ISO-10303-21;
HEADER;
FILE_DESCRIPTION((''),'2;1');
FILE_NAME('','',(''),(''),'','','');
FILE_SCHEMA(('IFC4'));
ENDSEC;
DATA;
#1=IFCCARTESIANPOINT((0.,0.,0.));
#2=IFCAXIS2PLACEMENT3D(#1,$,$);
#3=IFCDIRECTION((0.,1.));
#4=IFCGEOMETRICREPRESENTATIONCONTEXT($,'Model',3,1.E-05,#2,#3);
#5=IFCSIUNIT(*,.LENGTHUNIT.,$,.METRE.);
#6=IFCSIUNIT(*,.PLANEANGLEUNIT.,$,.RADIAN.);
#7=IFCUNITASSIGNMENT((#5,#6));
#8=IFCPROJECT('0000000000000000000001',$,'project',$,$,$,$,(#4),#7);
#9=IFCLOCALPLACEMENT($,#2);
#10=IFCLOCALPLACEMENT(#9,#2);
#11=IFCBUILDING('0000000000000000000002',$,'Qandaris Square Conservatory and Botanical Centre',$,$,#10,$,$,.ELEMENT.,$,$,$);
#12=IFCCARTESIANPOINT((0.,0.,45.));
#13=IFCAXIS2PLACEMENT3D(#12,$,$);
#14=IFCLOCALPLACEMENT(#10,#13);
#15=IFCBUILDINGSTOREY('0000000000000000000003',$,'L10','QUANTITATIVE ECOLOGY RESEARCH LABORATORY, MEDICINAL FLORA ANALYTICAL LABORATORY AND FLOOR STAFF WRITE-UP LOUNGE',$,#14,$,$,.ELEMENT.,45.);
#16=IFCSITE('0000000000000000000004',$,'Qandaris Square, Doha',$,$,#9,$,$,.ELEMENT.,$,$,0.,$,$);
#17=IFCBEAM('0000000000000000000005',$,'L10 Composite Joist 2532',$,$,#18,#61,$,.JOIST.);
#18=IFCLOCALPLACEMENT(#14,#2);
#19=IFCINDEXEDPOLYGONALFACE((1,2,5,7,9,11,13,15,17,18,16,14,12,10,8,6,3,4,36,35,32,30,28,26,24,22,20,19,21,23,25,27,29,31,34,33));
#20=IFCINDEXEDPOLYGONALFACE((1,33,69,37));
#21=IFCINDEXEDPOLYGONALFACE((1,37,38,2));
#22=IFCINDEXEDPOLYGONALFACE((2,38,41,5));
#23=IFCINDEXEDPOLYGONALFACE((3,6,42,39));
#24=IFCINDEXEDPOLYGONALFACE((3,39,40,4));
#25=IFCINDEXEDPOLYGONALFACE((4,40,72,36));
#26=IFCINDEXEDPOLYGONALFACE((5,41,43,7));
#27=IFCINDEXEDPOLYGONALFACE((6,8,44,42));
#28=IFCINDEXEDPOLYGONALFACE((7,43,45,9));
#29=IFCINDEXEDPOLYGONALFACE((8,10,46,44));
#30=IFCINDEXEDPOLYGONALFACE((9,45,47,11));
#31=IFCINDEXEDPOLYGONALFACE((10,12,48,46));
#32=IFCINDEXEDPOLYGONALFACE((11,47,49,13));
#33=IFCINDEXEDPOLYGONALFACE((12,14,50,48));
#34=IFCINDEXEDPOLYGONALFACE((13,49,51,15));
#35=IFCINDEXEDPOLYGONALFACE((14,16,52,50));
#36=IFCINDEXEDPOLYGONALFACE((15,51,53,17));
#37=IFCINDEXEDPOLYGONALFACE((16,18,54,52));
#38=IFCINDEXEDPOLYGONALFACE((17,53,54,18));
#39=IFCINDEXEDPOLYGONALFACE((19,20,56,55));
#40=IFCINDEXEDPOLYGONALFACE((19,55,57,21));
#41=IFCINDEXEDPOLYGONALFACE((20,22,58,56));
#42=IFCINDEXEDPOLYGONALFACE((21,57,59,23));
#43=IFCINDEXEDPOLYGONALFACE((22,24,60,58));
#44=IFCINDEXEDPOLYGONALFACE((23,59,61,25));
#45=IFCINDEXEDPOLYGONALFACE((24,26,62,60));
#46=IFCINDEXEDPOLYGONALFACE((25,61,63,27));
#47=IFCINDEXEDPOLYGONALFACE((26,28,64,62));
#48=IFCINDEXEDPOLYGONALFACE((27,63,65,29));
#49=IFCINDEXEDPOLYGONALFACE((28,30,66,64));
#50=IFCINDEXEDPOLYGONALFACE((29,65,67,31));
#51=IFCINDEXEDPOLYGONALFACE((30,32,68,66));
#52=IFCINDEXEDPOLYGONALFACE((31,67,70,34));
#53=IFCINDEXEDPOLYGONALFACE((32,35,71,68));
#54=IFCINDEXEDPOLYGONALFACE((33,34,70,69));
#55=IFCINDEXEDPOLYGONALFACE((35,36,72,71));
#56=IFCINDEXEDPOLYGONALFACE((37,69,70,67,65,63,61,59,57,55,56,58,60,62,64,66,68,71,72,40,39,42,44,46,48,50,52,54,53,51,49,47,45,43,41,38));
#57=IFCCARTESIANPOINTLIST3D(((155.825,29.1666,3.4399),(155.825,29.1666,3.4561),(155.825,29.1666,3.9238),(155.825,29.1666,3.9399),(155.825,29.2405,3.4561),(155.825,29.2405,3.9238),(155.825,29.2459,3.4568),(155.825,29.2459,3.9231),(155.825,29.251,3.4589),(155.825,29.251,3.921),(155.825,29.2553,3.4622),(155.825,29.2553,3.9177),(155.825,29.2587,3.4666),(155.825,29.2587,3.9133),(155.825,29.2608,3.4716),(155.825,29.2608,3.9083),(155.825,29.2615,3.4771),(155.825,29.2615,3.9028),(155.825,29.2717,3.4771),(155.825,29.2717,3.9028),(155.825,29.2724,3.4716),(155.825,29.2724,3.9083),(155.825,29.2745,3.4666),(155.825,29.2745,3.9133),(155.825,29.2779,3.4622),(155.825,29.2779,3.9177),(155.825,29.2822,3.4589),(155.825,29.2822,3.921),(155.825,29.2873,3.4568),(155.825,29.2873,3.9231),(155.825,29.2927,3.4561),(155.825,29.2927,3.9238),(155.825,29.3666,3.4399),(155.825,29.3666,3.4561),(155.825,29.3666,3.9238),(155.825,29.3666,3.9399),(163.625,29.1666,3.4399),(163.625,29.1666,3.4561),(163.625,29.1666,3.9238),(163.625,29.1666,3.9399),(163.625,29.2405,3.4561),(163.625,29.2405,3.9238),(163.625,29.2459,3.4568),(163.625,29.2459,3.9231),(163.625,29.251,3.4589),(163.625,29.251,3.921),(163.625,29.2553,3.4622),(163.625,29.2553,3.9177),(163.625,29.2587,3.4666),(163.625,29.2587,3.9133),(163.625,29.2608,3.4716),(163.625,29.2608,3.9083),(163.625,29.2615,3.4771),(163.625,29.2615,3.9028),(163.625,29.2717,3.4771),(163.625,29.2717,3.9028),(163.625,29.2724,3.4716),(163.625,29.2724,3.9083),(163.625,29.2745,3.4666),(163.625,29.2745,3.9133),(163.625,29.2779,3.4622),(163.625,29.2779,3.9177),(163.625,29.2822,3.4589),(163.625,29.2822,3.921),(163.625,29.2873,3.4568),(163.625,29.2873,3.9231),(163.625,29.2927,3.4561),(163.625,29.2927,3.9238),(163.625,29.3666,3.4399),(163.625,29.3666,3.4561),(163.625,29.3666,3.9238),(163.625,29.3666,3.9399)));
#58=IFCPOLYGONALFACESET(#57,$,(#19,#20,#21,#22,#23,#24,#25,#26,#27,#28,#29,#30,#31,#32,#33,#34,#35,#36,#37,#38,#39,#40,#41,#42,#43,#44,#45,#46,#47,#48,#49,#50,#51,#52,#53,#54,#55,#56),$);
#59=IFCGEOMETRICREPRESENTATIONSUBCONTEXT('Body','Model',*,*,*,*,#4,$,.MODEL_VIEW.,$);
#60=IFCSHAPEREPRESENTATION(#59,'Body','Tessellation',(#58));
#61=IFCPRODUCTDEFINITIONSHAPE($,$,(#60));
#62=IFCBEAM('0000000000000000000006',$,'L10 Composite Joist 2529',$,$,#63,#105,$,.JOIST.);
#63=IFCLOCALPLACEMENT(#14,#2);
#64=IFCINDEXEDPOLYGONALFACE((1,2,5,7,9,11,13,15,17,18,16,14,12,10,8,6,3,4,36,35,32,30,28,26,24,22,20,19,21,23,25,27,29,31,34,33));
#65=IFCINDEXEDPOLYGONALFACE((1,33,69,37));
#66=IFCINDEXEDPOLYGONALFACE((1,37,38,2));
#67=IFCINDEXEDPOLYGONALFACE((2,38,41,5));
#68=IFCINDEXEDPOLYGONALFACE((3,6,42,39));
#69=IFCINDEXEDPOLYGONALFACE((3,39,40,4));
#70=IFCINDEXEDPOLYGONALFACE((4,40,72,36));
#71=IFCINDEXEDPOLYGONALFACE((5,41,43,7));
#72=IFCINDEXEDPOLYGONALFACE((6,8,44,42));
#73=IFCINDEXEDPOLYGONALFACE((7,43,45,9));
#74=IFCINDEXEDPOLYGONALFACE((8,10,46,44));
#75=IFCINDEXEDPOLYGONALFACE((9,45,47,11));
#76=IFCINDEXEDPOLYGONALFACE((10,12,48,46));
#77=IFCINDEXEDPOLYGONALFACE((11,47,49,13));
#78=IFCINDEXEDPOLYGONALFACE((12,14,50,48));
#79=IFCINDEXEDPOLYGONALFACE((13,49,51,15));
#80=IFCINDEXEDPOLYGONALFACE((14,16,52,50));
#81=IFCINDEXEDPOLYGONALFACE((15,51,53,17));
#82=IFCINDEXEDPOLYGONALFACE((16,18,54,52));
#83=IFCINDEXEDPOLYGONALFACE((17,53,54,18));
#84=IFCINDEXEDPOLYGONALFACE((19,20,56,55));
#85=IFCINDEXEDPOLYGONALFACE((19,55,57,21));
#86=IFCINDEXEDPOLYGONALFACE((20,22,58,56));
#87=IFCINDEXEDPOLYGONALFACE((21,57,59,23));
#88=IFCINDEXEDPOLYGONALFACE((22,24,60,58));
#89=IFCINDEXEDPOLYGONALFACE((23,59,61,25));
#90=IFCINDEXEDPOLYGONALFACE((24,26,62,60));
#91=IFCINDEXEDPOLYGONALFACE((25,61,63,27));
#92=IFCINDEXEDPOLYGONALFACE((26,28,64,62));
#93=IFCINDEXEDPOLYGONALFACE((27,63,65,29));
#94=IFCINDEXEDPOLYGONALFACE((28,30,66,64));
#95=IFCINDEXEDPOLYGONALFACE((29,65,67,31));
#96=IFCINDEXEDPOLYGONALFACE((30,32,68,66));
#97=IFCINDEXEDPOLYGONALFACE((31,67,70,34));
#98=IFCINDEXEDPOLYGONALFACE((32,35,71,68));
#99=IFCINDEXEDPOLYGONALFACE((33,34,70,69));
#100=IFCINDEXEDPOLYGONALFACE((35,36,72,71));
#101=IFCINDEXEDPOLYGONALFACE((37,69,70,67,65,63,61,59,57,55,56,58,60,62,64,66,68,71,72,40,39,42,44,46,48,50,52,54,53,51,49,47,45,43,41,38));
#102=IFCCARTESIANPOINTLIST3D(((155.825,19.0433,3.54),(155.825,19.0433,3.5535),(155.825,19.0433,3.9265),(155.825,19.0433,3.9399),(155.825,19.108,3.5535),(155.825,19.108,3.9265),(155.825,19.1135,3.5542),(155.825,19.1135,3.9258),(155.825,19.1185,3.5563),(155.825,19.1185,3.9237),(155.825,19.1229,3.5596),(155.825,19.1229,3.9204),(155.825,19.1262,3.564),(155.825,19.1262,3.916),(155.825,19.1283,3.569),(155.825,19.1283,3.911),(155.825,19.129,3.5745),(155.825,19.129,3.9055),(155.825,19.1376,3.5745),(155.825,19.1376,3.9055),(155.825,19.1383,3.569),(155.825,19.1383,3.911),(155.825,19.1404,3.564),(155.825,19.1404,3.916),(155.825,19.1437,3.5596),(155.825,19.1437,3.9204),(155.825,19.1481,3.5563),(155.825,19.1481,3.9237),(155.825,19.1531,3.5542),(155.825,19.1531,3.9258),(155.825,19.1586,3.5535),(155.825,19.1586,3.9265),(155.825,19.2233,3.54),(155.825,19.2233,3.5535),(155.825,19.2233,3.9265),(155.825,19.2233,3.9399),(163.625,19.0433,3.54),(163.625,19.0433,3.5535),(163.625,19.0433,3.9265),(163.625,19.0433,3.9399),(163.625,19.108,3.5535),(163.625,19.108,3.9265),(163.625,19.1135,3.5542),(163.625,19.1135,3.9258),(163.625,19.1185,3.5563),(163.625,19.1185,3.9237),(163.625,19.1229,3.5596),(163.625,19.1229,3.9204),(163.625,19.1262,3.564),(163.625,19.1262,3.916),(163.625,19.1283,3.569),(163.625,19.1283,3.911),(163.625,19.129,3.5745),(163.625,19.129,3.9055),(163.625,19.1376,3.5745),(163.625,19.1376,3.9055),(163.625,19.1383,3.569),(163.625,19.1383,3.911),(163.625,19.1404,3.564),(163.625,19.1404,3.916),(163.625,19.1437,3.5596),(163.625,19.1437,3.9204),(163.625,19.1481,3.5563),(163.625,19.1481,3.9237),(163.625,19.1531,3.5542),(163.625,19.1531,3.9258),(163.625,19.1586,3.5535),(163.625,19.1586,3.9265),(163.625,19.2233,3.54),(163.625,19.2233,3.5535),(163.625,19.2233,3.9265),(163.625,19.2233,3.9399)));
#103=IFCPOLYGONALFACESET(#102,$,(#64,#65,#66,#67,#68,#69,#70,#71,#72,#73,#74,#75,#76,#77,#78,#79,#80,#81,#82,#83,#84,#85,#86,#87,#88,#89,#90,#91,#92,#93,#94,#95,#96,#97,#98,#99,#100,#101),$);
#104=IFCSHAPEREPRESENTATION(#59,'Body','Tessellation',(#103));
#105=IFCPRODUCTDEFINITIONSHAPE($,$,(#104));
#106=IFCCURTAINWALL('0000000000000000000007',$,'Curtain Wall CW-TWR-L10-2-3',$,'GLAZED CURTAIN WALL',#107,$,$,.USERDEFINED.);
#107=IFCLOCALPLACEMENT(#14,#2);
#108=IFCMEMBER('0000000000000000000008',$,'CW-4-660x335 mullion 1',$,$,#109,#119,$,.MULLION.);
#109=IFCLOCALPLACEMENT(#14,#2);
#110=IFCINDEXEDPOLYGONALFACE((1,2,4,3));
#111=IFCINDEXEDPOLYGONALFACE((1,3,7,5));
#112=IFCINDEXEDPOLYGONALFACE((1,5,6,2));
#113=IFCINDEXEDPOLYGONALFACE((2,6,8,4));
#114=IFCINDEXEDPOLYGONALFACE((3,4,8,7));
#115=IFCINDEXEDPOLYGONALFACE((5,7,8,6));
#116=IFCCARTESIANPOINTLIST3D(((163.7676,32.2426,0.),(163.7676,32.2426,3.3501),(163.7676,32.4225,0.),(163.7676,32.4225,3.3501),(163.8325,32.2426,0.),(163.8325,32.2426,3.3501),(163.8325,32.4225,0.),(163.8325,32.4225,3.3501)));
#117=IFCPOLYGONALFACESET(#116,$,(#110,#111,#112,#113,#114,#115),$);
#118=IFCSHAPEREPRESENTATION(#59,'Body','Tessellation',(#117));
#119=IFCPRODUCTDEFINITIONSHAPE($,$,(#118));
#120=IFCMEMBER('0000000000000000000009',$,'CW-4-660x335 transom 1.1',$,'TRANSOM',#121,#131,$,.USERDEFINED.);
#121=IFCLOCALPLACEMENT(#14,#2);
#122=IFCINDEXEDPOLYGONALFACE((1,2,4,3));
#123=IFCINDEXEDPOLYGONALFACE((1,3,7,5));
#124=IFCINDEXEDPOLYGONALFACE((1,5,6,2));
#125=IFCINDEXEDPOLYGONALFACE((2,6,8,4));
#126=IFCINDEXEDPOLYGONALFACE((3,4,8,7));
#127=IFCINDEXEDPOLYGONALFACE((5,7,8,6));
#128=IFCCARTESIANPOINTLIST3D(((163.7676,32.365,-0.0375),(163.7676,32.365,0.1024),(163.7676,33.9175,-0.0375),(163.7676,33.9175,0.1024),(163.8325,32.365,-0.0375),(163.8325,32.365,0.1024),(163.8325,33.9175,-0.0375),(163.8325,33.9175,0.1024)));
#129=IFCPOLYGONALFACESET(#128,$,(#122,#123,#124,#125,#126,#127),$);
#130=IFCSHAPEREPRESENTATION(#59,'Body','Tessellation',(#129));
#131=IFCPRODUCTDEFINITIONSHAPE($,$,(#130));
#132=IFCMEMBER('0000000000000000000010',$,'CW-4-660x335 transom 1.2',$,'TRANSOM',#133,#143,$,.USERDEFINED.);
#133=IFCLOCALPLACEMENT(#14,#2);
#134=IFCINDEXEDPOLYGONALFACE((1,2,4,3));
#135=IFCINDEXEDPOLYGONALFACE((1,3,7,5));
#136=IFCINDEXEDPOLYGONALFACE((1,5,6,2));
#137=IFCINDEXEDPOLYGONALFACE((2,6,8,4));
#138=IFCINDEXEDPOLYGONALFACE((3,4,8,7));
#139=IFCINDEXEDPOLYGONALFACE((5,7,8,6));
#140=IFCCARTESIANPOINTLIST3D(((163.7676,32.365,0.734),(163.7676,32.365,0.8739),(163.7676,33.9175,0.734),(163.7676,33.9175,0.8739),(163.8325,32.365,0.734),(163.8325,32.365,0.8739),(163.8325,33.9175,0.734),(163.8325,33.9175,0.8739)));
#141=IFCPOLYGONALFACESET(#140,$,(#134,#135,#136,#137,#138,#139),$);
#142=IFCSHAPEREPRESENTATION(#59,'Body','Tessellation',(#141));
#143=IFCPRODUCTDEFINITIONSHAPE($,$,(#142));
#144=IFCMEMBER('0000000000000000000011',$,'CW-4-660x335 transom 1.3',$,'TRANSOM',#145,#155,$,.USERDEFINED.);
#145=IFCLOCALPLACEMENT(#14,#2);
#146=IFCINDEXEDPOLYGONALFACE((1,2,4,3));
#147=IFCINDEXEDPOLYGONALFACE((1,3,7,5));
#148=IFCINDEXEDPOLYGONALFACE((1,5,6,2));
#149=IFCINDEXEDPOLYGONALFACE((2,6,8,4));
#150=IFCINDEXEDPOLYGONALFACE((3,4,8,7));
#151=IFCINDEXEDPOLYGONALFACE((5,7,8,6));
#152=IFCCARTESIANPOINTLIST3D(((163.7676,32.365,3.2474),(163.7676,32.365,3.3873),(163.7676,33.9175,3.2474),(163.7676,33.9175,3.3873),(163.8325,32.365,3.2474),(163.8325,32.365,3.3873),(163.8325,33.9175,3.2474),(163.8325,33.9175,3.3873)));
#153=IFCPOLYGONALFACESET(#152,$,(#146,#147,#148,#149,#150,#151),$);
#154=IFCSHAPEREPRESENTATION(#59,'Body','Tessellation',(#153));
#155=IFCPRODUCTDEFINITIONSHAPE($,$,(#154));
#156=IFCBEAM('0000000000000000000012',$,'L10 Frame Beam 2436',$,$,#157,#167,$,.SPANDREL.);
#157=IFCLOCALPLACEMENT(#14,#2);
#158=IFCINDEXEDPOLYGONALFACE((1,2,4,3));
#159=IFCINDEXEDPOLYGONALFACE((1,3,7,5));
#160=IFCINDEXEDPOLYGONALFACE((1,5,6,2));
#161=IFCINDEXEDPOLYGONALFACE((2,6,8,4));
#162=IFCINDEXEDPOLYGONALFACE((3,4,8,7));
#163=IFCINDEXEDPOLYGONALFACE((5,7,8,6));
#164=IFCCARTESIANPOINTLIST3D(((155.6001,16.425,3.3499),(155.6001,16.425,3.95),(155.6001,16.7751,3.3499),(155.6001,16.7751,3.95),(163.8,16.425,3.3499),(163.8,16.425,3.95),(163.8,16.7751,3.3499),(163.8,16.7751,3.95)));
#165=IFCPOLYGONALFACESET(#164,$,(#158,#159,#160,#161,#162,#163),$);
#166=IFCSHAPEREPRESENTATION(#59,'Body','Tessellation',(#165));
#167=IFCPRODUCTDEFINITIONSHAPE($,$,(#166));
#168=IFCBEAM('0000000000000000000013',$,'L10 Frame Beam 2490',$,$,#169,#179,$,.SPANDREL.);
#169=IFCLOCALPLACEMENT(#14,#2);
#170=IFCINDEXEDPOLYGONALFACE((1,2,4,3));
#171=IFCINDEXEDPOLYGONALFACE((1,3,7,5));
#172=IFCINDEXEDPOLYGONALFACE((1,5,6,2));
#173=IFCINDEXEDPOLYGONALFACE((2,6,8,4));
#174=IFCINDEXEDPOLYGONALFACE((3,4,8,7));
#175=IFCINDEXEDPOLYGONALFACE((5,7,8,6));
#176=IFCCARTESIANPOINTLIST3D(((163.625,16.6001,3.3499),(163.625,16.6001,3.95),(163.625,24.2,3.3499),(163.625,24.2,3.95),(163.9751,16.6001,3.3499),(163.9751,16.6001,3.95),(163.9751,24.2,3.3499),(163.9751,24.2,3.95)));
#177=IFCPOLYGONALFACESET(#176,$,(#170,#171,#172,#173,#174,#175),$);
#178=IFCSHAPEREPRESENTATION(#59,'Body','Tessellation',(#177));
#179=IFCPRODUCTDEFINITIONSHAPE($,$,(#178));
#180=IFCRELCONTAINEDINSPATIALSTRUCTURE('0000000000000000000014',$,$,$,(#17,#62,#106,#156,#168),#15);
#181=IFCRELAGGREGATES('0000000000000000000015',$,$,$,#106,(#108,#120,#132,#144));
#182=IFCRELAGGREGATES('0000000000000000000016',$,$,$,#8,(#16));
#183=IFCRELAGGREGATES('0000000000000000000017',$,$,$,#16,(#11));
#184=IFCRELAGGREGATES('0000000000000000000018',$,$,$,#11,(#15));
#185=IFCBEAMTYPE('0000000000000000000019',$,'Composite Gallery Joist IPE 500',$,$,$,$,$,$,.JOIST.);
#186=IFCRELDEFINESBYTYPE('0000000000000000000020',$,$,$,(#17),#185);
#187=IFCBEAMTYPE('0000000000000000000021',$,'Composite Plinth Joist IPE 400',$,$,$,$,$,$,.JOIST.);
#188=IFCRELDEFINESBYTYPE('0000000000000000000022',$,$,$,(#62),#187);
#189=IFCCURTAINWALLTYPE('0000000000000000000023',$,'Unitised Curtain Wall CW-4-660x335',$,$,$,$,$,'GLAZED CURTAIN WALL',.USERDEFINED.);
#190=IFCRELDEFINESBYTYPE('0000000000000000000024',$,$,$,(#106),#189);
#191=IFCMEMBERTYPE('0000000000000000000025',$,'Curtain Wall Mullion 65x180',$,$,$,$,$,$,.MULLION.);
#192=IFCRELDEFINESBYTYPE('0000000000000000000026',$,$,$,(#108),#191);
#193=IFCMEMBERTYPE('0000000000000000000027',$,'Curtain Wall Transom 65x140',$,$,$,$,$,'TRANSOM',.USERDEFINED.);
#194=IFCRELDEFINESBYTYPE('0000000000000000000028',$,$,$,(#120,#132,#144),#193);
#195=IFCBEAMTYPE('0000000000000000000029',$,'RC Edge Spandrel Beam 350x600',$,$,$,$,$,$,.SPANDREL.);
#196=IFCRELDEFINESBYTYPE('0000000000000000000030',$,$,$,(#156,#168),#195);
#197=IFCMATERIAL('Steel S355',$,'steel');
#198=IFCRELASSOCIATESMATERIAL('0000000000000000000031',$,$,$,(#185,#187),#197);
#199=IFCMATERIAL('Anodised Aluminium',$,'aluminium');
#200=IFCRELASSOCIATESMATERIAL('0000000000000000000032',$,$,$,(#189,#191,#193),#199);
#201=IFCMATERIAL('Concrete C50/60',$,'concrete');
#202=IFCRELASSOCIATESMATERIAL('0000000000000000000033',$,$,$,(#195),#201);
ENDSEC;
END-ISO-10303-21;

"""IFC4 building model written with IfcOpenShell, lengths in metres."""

from ifc_helpers import new_model, si_unit, direction, frame, origin, origin_2d, place, context, subcontext, project, spatial, rectangle, i_section, extrude, material, material_profile, profile_set, type_object, element, aggregate, save


model = new_model("IFC4")

# Units and contexts
model_context = context("Model", 3, precision=1e-05, world=origin(), true_north=direction((0.0, 1.0)))
body_context = subcontext(model_context, "Body", "Model", "MODEL_VIEW")
ifc_project = project(units=[si_unit("LENGTHUNIT", "METRE"), si_unit("PLANEANGLEUNIT", "RADIAN")], contexts=[model_context])

# Site, building, storey
site_placement = place(None, origin())
site = spatial("IfcSite", under=ifc_project, at=site_placement, Name="Qandaris Square, Doha", CompositionType="ELEMENT", RefElevation=0.0)
building_placement = place(site_placement, origin())
building = spatial("IfcBuilding", under=site, at=building_placement, Name="Qandaris Square Conservatory and Botanical Centre", CompositionType="ELEMENT")
storey_placement = place(building_placement, frame((0.0, 0.0, 45.0)))
storey = spatial("IfcBuildingStorey", under=building, at=storey_placement, Name="L10", Description="QUANTITATIVE ECOLOGY RESEARCH LABORATORY, MEDICINAL FLORA ANALYTICAL LABORATORY AND FLOOR STAFF WRITE-UP LOUNGE", CompositionType="ELEMENT", Elevation=45.0)

# Shared definitions
ifc_material_1 = material(Name="Concrete C50/60", Category="concrete")

# Beams
ifc_material_2 = material(Name="Steel S355", Category="steel")
ifc_material_profile_1 = material_profile(ifc_material_2, i_section(OverallWidth=0.2, OverallDepth=0.5, WebThickness=0.0103, FlangeThickness=0.0161, FilletRadius=0.021, at=origin_2d()), Name="IPE 500")
ifc_profile_set_1 = profile_set([ifc_material_profile_1], Name="Steel S355")
beam_type_1 = type_object("IfcBeamType", Name="Composite Gallery Joist IPE 500", PredefinedType="JOIST", material=ifc_profile_set_1)
beam_1_placement = place(storey_placement, frame((155.825, 29.2666, 3.6899), z_axis=(1.0, 0.0, 0.0), x_axis=(0.0, 1.0, 0.0)))
element("IfcBeam", 1, at=beam_1_placement, inside=storey, type_object=beam_type_1, Name="L10 Composite Joist 2532", PredefinedType="JOIST", context=body_context, shape_type="SweptSolid", body=[
    extrude(i_section(OverallWidth=0.2, OverallDepth=0.5, WebThickness=0.0103, FlangeThickness=0.0161, FilletRadius=0.021, at=origin_2d()), origin(), (0.0, 0.0, 1.0), 7.8),
])
ifc_material_profile_2 = material_profile(ifc_material_2, i_section(OverallWidth=0.1799, OverallDepth=0.3999, WebThickness=0.0085, FlangeThickness=0.0134, FilletRadius=0.021, at=origin_2d()), Name="IPE 400")
ifc_profile_set_2 = profile_set([ifc_material_profile_2], Name="Steel S355")
beam_type_2 = type_object("IfcBeamType", Name="Composite Plinth Joist IPE 400", PredefinedType="JOIST", material=ifc_profile_set_2)
beam_2_placement = place(storey_placement, frame((155.825, 19.1333, 3.74), z_axis=(1.0, 0.0, 0.0), x_axis=(0.0, 1.0, 0.0)))
element("IfcBeam", 2, at=beam_2_placement, inside=storey, type_object=beam_type_2, Name="L10 Composite Joist 2529", PredefinedType="JOIST", context=body_context, shape_type="SweptSolid", body=[
    extrude(i_section(OverallWidth=0.1799, OverallDepth=0.3999, WebThickness=0.0085, FlangeThickness=0.0134, FilletRadius=0.021, at=origin_2d()), origin(), (0.0, 0.0, 1.0), 7.8),
])

# Curtain wall, members
ifc_material_3 = material(Name="Anodised Aluminium", Category="aluminium")
curtain_wall_type = type_object("IfcCurtainWallType", Name="Unitised Curtain Wall CW-4-660x335", ElementType="GLAZED CURTAIN WALL", PredefinedType="USERDEFINED", material=ifc_material_3)
curtain_wall_placement = place(storey_placement, origin())
curtain_wall = element("IfcCurtainWall", 3, at=curtain_wall_placement, inside=storey, type_object=curtain_wall_type, Name="Curtain Wall CW-TWR-L10-2-3", ObjectType="GLAZED CURTAIN WALL", PredefinedType="USERDEFINED")
ifc_material_profile_3 = material_profile(ifc_material_3, rectangle(XDim=0.0649, YDim=0.1799, at=origin_2d()), Name="ALU-MUL 65x180")
ifc_profile_set_3 = profile_set([ifc_material_profile_3], Name="Anodised Aluminium")
member_type_1 = type_object("IfcMemberType", Name="Curtain Wall Mullion 65x180", PredefinedType="MULLION", material=ifc_profile_set_3)
member_1_placement = place(storey_placement, frame((163.8, 32.3325, 0.0), z_axis=(0.0, 0.0, 1.0), x_axis=(-1.0, 0.0, 0.0)))
member_1 = element("IfcMember", 4, at=member_1_placement, type_object=member_type_1, Name="CW-4-660x335 mullion 1", PredefinedType="MULLION", context=body_context, shape_type="SweptSolid", body=[
    extrude(rectangle(XDim=0.0649, YDim=0.1799, at=origin_2d()), origin(), (0.0, 0.0, 1.0), 3.3501),
])
ifc_material_profile_4 = material_profile(ifc_material_3, rectangle(XDim=0.0649, YDim=0.1399, at=origin_2d()), Name="ALU-TRN 65x140")
ifc_profile_set_4 = profile_set([ifc_material_profile_4], Name="Anodised Aluminium")
member_type_2 = type_object("IfcMemberType", Name="Curtain Wall Transom 65x140", ElementType="TRANSOM", PredefinedType="USERDEFINED", material=ifc_profile_set_4)
member_2_placement = place(storey_placement, frame((163.8, 32.365, 0.0325), z_axis=(0.0, 1.0, 0.0), x_axis=(-1.0, 0.0, 0.0)))
member_2 = element("IfcMember", 5, at=member_2_placement, type_object=member_type_2, Name="CW-4-660x335 transom 1.1", ObjectType="TRANSOM", PredefinedType="USERDEFINED", context=body_context, shape_type="SweptSolid", body=[
    extrude(rectangle(XDim=0.0649, YDim=0.1399, at=origin_2d()), origin(), (0.0, 0.0, 1.0), 1.5525),
])
member_3_placement = place(storey_placement, frame((163.8, 32.365, 0.804), z_axis=(0.0, 1.0, 0.0), x_axis=(-1.0, 0.0, 0.0)))
member_3 = element("IfcMember", 6, at=member_3_placement, type_object=member_type_2, Name="CW-4-660x335 transom 1.2", ObjectType="TRANSOM", PredefinedType="USERDEFINED", context=body_context, shape_type="SweptSolid", body=[
    extrude(rectangle(XDim=0.0649, YDim=0.1399, at=origin_2d()), origin(), (0.0, 0.0, 1.0), 1.5525),
])
member_4_placement = place(storey_placement, frame((163.8, 32.365, 3.3174), z_axis=(0.0, 1.0, 0.0), x_axis=(-1.0, 0.0, 0.0)))
member_4 = element("IfcMember", 7, at=member_4_placement, type_object=member_type_2, Name="CW-4-660x335 transom 1.3", ObjectType="TRANSOM", PredefinedType="USERDEFINED", context=body_context, shape_type="SweptSolid", body=[
    extrude(rectangle(XDim=0.0649, YDim=0.1399, at=origin_2d()), origin(), (0.0, 0.0, 1.0), 1.5525),
])
aggregate(curtain_wall, [member_1, member_2, member_3, member_4])

# Beams
ifc_material_profile_5 = material_profile(ifc_material_1, rectangle(XDim=0.3501, YDim=0.6001, at=origin_2d()), Name="RC-SP 350x600")
ifc_profile_set_5 = profile_set([ifc_material_profile_5], Name="Concrete C50/60")
beam_type_3 = type_object("IfcBeamType", Name="RC Edge Spandrel Beam 350x600", PredefinedType="SPANDREL", material=ifc_profile_set_5)
beam_3_placement = place(storey_placement, frame((155.6001, 16.6001, 3.6499), z_axis=(1.0, 0.0, 0.0), x_axis=(0.0, 1.0, 0.0)))
element("IfcBeam", 8, at=beam_3_placement, inside=storey, type_object=beam_type_3, Name="L10 Frame Beam 2436", PredefinedType="SPANDREL", context=body_context, shape_type="SweptSolid", body=[
    extrude(rectangle(XDim=0.3501, YDim=0.6001, at=origin_2d()), origin(), (0.0, 0.0, 1.0), 8.2),
])
beam_4_placement = place(storey_placement, frame((163.8, 16.6001, 3.6499), z_axis=(0.0, 1.0, 0.0), x_axis=(-1.0, 0.0, 0.0)))
element("IfcBeam", 9, at=beam_4_placement, inside=storey, type_object=beam_type_3, Name="L10 Frame Beam 2490", PredefinedType="SPANDREL", context=body_context, shape_type="SweptSolid", body=[
    extrude(rectangle(XDim=0.3501, YDim=0.6001, at=origin_2d()), origin(), (0.0, 0.0, 1.0), 7.5999),
])

save(model, "model.ifc")
